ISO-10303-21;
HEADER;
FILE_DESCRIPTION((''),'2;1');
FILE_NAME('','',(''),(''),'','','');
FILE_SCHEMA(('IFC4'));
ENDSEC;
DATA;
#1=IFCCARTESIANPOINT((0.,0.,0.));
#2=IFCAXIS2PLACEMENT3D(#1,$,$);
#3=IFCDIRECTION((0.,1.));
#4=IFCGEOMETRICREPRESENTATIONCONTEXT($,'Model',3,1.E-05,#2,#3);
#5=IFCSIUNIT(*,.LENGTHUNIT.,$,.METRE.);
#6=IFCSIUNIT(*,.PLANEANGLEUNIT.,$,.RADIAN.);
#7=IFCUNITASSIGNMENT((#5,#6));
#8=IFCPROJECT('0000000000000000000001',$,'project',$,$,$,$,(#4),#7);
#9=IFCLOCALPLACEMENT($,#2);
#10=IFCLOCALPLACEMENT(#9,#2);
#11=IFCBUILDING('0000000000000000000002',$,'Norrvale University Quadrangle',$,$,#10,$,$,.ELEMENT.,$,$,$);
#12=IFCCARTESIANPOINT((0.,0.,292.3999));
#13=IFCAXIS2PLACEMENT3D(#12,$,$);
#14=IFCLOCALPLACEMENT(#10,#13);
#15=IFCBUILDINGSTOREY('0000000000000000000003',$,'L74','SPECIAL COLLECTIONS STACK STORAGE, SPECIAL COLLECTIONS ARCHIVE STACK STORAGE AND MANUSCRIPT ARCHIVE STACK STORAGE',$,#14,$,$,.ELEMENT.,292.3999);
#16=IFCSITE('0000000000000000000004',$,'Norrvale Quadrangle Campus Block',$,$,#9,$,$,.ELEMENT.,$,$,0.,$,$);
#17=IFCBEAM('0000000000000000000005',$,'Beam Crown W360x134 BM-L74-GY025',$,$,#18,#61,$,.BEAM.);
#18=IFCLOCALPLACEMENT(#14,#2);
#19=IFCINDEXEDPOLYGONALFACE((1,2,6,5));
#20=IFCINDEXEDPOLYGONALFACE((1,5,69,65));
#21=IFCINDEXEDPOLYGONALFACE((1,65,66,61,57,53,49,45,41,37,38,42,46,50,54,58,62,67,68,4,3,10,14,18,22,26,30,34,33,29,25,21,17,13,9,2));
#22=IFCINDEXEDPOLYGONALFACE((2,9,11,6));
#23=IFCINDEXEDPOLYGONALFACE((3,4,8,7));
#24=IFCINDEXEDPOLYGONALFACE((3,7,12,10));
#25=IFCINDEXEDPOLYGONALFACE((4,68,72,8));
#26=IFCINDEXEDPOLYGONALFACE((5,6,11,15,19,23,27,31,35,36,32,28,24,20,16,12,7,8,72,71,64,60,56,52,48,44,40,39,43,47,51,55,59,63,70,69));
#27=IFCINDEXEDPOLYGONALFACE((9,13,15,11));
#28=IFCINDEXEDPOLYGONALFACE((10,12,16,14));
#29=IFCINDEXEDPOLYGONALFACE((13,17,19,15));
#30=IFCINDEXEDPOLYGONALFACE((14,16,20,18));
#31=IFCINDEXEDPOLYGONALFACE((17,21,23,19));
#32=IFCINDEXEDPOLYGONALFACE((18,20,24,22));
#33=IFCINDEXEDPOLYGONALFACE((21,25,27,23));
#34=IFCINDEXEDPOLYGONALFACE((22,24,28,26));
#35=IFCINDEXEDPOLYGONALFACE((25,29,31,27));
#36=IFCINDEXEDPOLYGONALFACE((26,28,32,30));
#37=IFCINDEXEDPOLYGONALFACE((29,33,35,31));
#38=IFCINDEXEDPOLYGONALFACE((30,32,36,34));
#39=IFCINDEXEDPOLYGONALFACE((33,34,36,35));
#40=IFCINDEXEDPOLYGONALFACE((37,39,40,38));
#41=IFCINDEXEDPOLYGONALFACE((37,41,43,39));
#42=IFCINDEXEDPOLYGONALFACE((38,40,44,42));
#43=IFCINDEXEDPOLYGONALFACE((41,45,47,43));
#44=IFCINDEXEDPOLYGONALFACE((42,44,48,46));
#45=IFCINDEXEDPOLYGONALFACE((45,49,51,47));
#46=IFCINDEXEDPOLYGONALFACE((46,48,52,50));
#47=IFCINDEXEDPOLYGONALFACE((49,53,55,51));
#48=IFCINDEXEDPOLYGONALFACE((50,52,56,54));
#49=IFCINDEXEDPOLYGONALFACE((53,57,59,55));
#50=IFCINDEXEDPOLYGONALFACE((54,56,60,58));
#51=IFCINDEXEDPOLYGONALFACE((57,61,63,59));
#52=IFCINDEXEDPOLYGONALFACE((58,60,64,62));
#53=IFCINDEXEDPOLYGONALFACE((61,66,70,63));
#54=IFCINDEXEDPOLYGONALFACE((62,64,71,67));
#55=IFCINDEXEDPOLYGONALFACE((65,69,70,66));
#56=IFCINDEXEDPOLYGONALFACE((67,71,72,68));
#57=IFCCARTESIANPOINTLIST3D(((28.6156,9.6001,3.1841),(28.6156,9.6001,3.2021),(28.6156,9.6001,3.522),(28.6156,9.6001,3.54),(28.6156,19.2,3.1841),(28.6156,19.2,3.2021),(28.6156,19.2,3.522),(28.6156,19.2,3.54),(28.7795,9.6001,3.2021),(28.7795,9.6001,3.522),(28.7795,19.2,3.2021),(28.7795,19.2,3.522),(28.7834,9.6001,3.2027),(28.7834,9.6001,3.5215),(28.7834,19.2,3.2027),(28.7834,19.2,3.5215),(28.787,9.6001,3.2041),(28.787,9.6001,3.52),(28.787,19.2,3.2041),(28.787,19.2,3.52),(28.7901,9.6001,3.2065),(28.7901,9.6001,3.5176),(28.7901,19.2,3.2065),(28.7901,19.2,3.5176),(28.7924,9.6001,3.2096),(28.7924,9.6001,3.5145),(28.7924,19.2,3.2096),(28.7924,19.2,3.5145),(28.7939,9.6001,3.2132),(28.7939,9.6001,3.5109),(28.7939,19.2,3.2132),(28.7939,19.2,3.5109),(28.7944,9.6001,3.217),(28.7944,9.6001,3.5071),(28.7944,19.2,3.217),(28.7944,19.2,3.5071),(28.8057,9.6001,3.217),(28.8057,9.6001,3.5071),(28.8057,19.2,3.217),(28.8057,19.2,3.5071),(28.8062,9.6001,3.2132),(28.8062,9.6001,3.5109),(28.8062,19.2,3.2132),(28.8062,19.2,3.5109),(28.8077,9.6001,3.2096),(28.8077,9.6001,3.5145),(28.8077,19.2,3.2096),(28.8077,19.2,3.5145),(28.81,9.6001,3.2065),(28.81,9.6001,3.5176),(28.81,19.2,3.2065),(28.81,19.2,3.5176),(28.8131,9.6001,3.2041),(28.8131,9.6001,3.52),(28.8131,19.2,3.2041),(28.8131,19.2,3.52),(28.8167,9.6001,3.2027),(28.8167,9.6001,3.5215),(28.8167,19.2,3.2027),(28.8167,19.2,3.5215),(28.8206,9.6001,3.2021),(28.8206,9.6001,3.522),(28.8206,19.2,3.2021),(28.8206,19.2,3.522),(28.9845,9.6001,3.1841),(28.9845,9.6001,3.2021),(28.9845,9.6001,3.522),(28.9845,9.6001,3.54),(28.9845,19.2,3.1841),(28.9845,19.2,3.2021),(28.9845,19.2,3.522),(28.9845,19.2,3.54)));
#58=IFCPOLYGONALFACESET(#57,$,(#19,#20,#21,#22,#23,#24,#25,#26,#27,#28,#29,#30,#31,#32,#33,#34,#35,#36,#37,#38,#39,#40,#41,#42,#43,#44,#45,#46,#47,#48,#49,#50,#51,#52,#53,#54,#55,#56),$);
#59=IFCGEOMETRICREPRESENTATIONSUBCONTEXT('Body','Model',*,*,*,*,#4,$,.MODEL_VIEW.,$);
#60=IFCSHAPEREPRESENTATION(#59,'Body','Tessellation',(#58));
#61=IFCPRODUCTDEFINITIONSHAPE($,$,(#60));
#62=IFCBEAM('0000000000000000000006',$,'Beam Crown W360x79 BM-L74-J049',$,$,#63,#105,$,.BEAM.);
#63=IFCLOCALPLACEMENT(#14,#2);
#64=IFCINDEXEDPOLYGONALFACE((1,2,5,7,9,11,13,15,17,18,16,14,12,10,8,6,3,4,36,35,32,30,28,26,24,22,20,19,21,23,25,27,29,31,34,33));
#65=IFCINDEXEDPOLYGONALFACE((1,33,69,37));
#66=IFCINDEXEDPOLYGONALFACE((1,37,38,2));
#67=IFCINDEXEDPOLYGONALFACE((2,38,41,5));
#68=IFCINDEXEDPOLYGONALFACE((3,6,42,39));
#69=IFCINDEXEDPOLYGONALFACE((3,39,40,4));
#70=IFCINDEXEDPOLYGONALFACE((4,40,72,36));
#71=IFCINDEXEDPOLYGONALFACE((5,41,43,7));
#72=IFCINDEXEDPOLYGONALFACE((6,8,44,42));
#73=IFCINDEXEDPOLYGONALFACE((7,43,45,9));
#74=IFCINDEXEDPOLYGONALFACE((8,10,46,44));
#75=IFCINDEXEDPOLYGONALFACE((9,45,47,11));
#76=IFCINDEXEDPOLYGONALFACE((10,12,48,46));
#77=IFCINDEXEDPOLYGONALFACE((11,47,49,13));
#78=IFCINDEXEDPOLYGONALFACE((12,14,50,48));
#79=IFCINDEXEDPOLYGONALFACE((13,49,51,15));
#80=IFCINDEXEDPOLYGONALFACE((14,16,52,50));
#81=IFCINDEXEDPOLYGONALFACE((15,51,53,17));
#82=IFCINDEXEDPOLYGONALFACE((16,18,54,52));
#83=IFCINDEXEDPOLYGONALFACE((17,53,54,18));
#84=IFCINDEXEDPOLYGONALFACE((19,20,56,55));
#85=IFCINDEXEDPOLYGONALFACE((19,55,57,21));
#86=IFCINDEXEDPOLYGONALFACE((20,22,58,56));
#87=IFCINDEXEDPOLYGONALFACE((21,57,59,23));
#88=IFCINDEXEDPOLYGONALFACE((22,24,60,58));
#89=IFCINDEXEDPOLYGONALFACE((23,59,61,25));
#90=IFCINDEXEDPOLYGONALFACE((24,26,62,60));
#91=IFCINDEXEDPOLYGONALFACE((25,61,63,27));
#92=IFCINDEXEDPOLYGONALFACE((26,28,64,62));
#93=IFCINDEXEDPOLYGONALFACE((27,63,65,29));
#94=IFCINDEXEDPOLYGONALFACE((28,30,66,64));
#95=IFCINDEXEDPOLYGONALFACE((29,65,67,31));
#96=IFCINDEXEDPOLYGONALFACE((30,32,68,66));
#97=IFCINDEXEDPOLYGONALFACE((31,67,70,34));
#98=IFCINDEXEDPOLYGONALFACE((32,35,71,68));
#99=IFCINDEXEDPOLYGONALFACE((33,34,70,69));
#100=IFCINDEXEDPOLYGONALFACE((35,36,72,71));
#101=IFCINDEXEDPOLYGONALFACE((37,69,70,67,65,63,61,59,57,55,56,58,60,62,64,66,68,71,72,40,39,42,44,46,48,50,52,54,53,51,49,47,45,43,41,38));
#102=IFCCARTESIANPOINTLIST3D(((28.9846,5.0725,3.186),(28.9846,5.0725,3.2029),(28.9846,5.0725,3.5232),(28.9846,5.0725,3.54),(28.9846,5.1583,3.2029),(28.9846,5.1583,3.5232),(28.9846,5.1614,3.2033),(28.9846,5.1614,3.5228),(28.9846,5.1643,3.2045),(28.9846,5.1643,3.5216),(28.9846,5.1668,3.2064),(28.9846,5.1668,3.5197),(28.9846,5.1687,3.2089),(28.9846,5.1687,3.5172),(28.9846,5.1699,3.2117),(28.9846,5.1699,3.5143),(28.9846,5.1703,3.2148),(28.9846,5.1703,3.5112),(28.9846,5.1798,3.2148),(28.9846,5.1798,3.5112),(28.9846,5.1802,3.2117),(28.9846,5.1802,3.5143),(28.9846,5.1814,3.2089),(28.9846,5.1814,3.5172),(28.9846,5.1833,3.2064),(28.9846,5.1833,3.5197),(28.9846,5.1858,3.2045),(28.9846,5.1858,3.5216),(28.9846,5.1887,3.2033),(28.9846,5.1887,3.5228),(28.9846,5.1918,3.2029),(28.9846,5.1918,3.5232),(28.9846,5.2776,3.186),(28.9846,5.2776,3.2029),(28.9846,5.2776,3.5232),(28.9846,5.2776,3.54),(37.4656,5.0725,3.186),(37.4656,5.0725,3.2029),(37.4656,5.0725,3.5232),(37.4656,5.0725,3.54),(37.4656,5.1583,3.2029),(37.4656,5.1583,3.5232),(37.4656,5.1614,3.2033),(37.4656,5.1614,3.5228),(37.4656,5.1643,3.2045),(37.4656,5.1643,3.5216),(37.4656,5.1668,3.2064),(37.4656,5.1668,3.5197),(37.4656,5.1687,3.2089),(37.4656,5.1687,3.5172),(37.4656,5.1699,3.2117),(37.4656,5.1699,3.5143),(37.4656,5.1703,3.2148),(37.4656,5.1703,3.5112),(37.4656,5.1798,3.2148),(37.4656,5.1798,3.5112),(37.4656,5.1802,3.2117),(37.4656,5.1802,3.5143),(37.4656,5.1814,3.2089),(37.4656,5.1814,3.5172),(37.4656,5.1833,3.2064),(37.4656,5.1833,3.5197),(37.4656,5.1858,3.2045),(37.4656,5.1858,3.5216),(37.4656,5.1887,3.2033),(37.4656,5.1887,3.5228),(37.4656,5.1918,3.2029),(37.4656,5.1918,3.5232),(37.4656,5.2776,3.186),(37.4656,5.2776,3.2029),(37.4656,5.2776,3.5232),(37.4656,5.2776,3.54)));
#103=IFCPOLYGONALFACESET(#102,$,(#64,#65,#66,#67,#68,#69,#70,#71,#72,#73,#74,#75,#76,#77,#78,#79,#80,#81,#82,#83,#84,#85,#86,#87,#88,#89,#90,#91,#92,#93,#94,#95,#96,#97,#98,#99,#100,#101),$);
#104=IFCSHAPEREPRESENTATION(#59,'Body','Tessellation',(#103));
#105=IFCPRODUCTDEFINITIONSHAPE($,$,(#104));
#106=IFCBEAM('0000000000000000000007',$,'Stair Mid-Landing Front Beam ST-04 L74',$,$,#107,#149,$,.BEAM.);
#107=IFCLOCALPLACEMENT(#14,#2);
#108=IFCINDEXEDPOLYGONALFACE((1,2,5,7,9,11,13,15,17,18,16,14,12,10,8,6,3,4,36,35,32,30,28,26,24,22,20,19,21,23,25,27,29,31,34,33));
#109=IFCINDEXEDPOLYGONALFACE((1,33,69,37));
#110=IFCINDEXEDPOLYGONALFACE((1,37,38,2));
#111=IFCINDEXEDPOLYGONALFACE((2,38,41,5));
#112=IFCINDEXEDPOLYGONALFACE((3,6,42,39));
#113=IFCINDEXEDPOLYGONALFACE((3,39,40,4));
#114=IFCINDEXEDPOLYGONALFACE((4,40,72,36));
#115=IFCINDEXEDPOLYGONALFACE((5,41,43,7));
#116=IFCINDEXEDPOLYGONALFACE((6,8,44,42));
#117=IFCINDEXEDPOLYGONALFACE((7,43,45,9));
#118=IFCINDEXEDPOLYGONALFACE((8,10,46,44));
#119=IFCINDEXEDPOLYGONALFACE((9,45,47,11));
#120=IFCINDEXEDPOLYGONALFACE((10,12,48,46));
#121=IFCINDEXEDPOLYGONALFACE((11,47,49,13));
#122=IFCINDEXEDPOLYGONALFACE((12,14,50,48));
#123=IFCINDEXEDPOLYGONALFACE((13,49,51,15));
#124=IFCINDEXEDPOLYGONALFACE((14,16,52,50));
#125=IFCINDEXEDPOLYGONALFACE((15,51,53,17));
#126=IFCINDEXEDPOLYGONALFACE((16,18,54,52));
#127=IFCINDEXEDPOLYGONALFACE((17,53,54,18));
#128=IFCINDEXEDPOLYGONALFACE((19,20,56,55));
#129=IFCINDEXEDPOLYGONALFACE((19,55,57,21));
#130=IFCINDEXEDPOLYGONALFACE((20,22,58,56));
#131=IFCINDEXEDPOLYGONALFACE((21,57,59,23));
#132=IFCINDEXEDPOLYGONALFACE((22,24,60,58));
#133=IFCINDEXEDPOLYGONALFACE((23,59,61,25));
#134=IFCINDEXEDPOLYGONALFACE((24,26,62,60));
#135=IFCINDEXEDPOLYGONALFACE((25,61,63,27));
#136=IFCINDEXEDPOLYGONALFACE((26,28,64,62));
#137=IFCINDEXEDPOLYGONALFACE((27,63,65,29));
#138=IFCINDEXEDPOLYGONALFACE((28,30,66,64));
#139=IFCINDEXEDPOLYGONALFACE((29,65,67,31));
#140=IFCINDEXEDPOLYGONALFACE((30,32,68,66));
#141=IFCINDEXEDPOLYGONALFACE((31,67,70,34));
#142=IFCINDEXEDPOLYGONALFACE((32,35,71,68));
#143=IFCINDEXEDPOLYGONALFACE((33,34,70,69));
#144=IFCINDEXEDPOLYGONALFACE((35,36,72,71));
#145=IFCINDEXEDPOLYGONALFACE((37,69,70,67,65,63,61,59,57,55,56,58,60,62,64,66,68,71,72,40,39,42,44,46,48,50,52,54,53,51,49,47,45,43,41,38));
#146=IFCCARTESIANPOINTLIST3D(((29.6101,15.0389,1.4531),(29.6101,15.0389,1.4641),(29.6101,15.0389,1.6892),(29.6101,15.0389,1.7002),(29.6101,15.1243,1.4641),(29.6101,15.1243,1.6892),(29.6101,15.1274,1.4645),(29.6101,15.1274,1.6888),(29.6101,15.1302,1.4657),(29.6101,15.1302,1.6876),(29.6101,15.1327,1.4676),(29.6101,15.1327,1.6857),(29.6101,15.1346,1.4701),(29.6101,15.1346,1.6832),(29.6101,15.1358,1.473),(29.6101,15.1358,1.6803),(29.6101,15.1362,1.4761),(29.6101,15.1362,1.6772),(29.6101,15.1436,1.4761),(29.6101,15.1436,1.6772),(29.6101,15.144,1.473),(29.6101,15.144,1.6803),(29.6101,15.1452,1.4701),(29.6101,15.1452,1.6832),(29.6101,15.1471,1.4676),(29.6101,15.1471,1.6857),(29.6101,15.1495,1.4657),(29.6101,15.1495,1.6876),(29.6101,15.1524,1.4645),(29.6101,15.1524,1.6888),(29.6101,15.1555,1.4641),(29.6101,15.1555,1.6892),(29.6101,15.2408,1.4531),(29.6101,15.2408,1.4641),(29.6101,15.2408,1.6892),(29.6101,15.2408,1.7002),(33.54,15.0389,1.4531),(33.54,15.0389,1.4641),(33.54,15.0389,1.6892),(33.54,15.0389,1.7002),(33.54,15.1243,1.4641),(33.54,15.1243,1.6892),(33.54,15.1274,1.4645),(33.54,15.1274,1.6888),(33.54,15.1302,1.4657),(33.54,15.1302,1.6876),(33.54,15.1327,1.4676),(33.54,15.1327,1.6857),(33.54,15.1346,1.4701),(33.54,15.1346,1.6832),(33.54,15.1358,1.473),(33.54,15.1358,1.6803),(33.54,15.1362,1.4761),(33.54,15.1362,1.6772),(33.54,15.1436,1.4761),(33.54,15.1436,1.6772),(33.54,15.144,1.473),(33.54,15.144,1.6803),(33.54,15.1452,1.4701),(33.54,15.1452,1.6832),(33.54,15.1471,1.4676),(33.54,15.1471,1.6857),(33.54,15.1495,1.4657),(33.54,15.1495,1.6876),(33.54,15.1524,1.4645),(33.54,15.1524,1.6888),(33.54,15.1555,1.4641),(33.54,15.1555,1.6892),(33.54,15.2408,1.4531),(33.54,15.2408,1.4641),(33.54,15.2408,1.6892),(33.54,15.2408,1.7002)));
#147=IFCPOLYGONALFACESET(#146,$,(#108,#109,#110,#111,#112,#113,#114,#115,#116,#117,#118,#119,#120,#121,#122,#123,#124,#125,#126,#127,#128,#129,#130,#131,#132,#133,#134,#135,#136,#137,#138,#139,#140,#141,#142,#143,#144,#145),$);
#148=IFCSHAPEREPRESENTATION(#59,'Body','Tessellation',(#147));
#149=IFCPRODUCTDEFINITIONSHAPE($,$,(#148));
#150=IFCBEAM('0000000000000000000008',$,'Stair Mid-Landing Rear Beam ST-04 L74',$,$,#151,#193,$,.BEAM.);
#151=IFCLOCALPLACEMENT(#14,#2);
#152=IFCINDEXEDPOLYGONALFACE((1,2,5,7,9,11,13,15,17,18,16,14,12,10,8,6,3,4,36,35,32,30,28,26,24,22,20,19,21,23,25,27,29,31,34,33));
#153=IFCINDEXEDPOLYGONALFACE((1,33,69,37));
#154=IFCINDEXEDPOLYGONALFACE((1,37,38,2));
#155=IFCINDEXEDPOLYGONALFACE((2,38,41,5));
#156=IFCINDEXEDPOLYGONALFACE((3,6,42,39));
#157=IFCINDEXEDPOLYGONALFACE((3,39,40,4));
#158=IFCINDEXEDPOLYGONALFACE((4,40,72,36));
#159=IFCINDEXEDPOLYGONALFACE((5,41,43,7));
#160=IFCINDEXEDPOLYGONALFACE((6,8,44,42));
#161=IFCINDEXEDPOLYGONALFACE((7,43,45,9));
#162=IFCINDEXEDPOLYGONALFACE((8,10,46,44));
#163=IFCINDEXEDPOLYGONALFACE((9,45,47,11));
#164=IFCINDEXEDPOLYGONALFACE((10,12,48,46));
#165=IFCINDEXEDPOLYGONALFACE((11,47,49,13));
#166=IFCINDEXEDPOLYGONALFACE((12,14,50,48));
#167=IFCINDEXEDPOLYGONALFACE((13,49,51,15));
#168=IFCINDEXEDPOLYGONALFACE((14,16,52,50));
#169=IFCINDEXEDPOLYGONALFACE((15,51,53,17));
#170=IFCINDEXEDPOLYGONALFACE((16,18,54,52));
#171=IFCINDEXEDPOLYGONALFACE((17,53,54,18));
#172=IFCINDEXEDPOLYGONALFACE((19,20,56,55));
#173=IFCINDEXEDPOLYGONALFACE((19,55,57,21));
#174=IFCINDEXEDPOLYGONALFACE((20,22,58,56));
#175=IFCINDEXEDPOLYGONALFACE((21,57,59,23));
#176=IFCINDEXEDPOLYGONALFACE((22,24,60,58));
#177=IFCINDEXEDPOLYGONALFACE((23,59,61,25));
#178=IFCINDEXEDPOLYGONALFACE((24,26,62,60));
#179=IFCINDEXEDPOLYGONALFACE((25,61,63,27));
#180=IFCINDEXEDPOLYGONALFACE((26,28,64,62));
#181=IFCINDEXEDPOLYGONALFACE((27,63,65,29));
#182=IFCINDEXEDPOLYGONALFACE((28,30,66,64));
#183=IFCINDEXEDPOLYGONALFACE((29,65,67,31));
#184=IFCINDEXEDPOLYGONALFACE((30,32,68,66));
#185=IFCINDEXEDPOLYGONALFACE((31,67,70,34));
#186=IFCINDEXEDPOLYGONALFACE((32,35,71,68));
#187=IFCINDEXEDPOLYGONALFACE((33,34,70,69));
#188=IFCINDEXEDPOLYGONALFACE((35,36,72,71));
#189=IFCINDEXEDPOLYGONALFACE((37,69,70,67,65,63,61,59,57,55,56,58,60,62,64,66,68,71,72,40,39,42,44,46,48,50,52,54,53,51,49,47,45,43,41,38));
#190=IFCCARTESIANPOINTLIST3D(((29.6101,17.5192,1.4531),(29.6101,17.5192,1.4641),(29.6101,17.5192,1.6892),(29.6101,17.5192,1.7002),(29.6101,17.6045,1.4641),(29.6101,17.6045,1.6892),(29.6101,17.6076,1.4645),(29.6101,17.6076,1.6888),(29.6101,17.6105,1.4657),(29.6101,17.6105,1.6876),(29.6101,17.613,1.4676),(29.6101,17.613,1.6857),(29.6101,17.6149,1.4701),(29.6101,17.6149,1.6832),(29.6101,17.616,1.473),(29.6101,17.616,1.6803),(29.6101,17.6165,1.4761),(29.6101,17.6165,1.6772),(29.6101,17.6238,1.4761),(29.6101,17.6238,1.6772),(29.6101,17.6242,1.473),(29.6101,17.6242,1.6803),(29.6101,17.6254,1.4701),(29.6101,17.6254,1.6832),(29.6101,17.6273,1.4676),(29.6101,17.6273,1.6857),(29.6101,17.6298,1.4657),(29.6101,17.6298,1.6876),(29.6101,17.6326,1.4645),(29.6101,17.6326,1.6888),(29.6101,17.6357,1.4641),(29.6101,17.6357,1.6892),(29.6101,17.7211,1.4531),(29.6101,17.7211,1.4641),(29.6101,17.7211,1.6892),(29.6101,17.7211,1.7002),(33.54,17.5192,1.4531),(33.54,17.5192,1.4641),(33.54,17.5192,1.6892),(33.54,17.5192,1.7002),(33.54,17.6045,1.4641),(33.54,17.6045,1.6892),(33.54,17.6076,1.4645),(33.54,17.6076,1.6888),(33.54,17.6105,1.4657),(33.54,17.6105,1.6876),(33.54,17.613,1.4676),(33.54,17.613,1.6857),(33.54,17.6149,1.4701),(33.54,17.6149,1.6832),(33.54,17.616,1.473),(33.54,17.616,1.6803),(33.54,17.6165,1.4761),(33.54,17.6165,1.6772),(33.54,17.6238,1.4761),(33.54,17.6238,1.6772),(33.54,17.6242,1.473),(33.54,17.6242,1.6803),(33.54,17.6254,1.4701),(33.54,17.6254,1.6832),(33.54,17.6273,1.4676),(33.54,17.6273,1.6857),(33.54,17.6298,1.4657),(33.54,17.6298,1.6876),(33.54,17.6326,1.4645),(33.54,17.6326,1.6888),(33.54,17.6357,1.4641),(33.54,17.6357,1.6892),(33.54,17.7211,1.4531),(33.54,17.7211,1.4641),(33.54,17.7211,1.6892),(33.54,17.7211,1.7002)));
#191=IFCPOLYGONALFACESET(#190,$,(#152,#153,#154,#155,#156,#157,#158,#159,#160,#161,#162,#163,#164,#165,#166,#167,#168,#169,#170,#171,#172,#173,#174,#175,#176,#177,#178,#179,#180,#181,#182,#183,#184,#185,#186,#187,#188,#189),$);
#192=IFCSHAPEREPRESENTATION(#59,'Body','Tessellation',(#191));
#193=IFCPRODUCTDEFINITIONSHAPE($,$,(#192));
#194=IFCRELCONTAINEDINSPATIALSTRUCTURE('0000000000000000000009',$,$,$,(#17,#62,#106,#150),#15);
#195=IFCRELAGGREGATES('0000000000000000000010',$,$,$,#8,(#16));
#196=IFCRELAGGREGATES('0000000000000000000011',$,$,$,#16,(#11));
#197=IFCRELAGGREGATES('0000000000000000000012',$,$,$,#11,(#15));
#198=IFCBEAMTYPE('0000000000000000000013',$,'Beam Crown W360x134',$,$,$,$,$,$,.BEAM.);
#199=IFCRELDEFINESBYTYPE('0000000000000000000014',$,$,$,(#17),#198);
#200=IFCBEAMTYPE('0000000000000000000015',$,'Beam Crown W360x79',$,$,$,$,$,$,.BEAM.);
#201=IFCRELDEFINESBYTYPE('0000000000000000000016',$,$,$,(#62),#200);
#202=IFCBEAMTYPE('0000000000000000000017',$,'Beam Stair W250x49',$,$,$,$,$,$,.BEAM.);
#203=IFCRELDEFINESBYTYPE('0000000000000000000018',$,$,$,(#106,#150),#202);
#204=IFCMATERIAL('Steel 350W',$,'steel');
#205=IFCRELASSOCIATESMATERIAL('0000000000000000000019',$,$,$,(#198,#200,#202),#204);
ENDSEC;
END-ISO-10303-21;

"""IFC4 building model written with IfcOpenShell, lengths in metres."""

from ifc_helpers import new_model, si_unit, direction, frame, origin, origin_2d, place, context, subcontext, project, spatial, i_section, extrude, material, material_profile, profile_set, type_object, element, save


model = new_model("IFC4")

# Units and contexts
model_context = context("Model", 3, precision=1e-05, world=origin(), true_north=direction((0.0, 1.0)))
body_context = subcontext(model_context, "Body", "Model", "MODEL_VIEW")
ifc_project = project(units=[si_unit("LENGTHUNIT", "METRE"), si_unit("PLANEANGLEUNIT", "RADIAN")], contexts=[model_context])

# Site, building, storey
site_placement = place(None, origin())
site = spatial("IfcSite", under=ifc_project, at=site_placement, Name="Norrvale Quadrangle Campus Block", CompositionType="ELEMENT", RefElevation=0.0)
building_placement = place(site_placement, origin())
building = spatial("IfcBuilding", under=site, at=building_placement, Name="Norrvale University Quadrangle", CompositionType="ELEMENT")
storey_placement = place(building_placement, frame((0.0, 0.0, 292.3999)))
storey = spatial("IfcBuildingStorey", under=building, at=storey_placement, Name="L74", Description="SPECIAL COLLECTIONS STACK STORAGE, SPECIAL COLLECTIONS ARCHIVE STACK STORAGE AND MANUSCRIPT ARCHIVE STACK STORAGE", CompositionType="ELEMENT", Elevation=292.3999)

# Beams
ifc_material_1 = material(Name="Steel 350W", Category="steel")
ifc_material_profile_1 = material_profile(ifc_material_1, i_section(OverallWidth=0.3689, OverallDepth=0.356, WebThickness=0.0112, FlangeThickness=0.0181, FilletRadius=0.0149, at=origin_2d()), Name="Steel 350W")
ifc_profile_set_1 = profile_set([ifc_material_profile_1], Name="Steel 350W")
beam_type_1 = type_object("IfcBeamType", Name="Beam Crown W360x134", PredefinedType="BEAM", material=ifc_profile_set_1)
beam_1_placement = place(storey_placement, frame((28.8, 9.6001, 3.3621), z_axis=(0.0, 1.0, 0.0), x_axis=(-1.0, 0.0, 0.0)))
element("IfcBeam", 1, at=beam_1_placement, inside=storey, type_object=beam_type_1, Name="Beam Crown W360x134 BM-L74-GY025", PredefinedType="BEAM", context=body_context, shape_type="SweptSolid", body=[
    extrude(i_section(OverallWidth=0.3689, OverallDepth=0.356, WebThickness=0.0112, FlangeThickness=0.0181, FilletRadius=0.0149, at=origin_2d()), origin(), (0.0, 0.0, 1.0), 9.5999),
])
ifc_material_profile_2 = material_profile(ifc_material_1, i_section(OverallWidth=0.2051, OverallDepth=0.354, WebThickness=0.0095, FlangeThickness=0.0168, FilletRadius=0.012, at=origin_2d()), Name="Steel 350W")
ifc_profile_set_2 = profile_set([ifc_material_profile_2], Name="Steel 350W")
beam_type_2 = type_object("IfcBeamType", Name="Beam Crown W360x79", PredefinedType="BEAM", material=ifc_profile_set_2)
beam_2_placement = place(storey_placement, frame((28.9846, 5.175, 3.363), z_axis=(1.0, 0.0, 0.0), x_axis=(0.0, 1.0, 0.0)))
element("IfcBeam", 2, at=beam_2_placement, inside=storey, type_object=beam_type_2, Name="Beam Crown W360x79 BM-L74-J049", PredefinedType="BEAM", context=body_context, shape_type="SweptSolid", body=[
    extrude(i_section(OverallWidth=0.2051, OverallDepth=0.354, WebThickness=0.0095, FlangeThickness=0.0168, FilletRadius=0.012, at=origin_2d()), origin(), (0.0, 0.0, 1.0), 8.481),
])
ifc_material_profile_3 = material_profile(ifc_material_1, i_section(OverallWidth=0.2019, OverallDepth=0.2471, WebThickness=0.0073, FlangeThickness=0.011, FilletRadius=0.012, at=origin_2d()), Name="Steel 350W")
ifc_profile_set_3 = profile_set([ifc_material_profile_3], Name="Steel 350W")
beam_type_3 = type_object("IfcBeamType", Name="Beam Stair W250x49", PredefinedType="BEAM", material=ifc_profile_set_3)
for number, where, z_axis, x_axis, name in (
    (3, (29.6101, 15.1399, 1.5767), (1.0, 0.0, 0.0), (0.0, 1.0, 0.0), "Stair Mid-Landing Front Beam ST-04 L74"),
    (4, (29.6101, 17.6201, 1.5767), (1.0, 0.0, 0.0), (0.0, 1.0, 0.0), "Stair Mid-Landing Rear Beam ST-04 L74"),
):
    element("IfcBeam", number, at=place(storey_placement, frame(where, z_axis=z_axis, x_axis=x_axis)), inside=storey, type_object=beam_type_3, Name=name, PredefinedType="BEAM", context=body_context, shape_type="SweptSolid", body=[
        extrude(i_section(OverallWidth=0.2019, OverallDepth=0.2471, WebThickness=0.0073, FlangeThickness=0.011, FilletRadius=0.012, at=origin_2d()), origin(), (0.0, 0.0, 1.0), 3.9299),
    ])

save(model, "model.ifc")
